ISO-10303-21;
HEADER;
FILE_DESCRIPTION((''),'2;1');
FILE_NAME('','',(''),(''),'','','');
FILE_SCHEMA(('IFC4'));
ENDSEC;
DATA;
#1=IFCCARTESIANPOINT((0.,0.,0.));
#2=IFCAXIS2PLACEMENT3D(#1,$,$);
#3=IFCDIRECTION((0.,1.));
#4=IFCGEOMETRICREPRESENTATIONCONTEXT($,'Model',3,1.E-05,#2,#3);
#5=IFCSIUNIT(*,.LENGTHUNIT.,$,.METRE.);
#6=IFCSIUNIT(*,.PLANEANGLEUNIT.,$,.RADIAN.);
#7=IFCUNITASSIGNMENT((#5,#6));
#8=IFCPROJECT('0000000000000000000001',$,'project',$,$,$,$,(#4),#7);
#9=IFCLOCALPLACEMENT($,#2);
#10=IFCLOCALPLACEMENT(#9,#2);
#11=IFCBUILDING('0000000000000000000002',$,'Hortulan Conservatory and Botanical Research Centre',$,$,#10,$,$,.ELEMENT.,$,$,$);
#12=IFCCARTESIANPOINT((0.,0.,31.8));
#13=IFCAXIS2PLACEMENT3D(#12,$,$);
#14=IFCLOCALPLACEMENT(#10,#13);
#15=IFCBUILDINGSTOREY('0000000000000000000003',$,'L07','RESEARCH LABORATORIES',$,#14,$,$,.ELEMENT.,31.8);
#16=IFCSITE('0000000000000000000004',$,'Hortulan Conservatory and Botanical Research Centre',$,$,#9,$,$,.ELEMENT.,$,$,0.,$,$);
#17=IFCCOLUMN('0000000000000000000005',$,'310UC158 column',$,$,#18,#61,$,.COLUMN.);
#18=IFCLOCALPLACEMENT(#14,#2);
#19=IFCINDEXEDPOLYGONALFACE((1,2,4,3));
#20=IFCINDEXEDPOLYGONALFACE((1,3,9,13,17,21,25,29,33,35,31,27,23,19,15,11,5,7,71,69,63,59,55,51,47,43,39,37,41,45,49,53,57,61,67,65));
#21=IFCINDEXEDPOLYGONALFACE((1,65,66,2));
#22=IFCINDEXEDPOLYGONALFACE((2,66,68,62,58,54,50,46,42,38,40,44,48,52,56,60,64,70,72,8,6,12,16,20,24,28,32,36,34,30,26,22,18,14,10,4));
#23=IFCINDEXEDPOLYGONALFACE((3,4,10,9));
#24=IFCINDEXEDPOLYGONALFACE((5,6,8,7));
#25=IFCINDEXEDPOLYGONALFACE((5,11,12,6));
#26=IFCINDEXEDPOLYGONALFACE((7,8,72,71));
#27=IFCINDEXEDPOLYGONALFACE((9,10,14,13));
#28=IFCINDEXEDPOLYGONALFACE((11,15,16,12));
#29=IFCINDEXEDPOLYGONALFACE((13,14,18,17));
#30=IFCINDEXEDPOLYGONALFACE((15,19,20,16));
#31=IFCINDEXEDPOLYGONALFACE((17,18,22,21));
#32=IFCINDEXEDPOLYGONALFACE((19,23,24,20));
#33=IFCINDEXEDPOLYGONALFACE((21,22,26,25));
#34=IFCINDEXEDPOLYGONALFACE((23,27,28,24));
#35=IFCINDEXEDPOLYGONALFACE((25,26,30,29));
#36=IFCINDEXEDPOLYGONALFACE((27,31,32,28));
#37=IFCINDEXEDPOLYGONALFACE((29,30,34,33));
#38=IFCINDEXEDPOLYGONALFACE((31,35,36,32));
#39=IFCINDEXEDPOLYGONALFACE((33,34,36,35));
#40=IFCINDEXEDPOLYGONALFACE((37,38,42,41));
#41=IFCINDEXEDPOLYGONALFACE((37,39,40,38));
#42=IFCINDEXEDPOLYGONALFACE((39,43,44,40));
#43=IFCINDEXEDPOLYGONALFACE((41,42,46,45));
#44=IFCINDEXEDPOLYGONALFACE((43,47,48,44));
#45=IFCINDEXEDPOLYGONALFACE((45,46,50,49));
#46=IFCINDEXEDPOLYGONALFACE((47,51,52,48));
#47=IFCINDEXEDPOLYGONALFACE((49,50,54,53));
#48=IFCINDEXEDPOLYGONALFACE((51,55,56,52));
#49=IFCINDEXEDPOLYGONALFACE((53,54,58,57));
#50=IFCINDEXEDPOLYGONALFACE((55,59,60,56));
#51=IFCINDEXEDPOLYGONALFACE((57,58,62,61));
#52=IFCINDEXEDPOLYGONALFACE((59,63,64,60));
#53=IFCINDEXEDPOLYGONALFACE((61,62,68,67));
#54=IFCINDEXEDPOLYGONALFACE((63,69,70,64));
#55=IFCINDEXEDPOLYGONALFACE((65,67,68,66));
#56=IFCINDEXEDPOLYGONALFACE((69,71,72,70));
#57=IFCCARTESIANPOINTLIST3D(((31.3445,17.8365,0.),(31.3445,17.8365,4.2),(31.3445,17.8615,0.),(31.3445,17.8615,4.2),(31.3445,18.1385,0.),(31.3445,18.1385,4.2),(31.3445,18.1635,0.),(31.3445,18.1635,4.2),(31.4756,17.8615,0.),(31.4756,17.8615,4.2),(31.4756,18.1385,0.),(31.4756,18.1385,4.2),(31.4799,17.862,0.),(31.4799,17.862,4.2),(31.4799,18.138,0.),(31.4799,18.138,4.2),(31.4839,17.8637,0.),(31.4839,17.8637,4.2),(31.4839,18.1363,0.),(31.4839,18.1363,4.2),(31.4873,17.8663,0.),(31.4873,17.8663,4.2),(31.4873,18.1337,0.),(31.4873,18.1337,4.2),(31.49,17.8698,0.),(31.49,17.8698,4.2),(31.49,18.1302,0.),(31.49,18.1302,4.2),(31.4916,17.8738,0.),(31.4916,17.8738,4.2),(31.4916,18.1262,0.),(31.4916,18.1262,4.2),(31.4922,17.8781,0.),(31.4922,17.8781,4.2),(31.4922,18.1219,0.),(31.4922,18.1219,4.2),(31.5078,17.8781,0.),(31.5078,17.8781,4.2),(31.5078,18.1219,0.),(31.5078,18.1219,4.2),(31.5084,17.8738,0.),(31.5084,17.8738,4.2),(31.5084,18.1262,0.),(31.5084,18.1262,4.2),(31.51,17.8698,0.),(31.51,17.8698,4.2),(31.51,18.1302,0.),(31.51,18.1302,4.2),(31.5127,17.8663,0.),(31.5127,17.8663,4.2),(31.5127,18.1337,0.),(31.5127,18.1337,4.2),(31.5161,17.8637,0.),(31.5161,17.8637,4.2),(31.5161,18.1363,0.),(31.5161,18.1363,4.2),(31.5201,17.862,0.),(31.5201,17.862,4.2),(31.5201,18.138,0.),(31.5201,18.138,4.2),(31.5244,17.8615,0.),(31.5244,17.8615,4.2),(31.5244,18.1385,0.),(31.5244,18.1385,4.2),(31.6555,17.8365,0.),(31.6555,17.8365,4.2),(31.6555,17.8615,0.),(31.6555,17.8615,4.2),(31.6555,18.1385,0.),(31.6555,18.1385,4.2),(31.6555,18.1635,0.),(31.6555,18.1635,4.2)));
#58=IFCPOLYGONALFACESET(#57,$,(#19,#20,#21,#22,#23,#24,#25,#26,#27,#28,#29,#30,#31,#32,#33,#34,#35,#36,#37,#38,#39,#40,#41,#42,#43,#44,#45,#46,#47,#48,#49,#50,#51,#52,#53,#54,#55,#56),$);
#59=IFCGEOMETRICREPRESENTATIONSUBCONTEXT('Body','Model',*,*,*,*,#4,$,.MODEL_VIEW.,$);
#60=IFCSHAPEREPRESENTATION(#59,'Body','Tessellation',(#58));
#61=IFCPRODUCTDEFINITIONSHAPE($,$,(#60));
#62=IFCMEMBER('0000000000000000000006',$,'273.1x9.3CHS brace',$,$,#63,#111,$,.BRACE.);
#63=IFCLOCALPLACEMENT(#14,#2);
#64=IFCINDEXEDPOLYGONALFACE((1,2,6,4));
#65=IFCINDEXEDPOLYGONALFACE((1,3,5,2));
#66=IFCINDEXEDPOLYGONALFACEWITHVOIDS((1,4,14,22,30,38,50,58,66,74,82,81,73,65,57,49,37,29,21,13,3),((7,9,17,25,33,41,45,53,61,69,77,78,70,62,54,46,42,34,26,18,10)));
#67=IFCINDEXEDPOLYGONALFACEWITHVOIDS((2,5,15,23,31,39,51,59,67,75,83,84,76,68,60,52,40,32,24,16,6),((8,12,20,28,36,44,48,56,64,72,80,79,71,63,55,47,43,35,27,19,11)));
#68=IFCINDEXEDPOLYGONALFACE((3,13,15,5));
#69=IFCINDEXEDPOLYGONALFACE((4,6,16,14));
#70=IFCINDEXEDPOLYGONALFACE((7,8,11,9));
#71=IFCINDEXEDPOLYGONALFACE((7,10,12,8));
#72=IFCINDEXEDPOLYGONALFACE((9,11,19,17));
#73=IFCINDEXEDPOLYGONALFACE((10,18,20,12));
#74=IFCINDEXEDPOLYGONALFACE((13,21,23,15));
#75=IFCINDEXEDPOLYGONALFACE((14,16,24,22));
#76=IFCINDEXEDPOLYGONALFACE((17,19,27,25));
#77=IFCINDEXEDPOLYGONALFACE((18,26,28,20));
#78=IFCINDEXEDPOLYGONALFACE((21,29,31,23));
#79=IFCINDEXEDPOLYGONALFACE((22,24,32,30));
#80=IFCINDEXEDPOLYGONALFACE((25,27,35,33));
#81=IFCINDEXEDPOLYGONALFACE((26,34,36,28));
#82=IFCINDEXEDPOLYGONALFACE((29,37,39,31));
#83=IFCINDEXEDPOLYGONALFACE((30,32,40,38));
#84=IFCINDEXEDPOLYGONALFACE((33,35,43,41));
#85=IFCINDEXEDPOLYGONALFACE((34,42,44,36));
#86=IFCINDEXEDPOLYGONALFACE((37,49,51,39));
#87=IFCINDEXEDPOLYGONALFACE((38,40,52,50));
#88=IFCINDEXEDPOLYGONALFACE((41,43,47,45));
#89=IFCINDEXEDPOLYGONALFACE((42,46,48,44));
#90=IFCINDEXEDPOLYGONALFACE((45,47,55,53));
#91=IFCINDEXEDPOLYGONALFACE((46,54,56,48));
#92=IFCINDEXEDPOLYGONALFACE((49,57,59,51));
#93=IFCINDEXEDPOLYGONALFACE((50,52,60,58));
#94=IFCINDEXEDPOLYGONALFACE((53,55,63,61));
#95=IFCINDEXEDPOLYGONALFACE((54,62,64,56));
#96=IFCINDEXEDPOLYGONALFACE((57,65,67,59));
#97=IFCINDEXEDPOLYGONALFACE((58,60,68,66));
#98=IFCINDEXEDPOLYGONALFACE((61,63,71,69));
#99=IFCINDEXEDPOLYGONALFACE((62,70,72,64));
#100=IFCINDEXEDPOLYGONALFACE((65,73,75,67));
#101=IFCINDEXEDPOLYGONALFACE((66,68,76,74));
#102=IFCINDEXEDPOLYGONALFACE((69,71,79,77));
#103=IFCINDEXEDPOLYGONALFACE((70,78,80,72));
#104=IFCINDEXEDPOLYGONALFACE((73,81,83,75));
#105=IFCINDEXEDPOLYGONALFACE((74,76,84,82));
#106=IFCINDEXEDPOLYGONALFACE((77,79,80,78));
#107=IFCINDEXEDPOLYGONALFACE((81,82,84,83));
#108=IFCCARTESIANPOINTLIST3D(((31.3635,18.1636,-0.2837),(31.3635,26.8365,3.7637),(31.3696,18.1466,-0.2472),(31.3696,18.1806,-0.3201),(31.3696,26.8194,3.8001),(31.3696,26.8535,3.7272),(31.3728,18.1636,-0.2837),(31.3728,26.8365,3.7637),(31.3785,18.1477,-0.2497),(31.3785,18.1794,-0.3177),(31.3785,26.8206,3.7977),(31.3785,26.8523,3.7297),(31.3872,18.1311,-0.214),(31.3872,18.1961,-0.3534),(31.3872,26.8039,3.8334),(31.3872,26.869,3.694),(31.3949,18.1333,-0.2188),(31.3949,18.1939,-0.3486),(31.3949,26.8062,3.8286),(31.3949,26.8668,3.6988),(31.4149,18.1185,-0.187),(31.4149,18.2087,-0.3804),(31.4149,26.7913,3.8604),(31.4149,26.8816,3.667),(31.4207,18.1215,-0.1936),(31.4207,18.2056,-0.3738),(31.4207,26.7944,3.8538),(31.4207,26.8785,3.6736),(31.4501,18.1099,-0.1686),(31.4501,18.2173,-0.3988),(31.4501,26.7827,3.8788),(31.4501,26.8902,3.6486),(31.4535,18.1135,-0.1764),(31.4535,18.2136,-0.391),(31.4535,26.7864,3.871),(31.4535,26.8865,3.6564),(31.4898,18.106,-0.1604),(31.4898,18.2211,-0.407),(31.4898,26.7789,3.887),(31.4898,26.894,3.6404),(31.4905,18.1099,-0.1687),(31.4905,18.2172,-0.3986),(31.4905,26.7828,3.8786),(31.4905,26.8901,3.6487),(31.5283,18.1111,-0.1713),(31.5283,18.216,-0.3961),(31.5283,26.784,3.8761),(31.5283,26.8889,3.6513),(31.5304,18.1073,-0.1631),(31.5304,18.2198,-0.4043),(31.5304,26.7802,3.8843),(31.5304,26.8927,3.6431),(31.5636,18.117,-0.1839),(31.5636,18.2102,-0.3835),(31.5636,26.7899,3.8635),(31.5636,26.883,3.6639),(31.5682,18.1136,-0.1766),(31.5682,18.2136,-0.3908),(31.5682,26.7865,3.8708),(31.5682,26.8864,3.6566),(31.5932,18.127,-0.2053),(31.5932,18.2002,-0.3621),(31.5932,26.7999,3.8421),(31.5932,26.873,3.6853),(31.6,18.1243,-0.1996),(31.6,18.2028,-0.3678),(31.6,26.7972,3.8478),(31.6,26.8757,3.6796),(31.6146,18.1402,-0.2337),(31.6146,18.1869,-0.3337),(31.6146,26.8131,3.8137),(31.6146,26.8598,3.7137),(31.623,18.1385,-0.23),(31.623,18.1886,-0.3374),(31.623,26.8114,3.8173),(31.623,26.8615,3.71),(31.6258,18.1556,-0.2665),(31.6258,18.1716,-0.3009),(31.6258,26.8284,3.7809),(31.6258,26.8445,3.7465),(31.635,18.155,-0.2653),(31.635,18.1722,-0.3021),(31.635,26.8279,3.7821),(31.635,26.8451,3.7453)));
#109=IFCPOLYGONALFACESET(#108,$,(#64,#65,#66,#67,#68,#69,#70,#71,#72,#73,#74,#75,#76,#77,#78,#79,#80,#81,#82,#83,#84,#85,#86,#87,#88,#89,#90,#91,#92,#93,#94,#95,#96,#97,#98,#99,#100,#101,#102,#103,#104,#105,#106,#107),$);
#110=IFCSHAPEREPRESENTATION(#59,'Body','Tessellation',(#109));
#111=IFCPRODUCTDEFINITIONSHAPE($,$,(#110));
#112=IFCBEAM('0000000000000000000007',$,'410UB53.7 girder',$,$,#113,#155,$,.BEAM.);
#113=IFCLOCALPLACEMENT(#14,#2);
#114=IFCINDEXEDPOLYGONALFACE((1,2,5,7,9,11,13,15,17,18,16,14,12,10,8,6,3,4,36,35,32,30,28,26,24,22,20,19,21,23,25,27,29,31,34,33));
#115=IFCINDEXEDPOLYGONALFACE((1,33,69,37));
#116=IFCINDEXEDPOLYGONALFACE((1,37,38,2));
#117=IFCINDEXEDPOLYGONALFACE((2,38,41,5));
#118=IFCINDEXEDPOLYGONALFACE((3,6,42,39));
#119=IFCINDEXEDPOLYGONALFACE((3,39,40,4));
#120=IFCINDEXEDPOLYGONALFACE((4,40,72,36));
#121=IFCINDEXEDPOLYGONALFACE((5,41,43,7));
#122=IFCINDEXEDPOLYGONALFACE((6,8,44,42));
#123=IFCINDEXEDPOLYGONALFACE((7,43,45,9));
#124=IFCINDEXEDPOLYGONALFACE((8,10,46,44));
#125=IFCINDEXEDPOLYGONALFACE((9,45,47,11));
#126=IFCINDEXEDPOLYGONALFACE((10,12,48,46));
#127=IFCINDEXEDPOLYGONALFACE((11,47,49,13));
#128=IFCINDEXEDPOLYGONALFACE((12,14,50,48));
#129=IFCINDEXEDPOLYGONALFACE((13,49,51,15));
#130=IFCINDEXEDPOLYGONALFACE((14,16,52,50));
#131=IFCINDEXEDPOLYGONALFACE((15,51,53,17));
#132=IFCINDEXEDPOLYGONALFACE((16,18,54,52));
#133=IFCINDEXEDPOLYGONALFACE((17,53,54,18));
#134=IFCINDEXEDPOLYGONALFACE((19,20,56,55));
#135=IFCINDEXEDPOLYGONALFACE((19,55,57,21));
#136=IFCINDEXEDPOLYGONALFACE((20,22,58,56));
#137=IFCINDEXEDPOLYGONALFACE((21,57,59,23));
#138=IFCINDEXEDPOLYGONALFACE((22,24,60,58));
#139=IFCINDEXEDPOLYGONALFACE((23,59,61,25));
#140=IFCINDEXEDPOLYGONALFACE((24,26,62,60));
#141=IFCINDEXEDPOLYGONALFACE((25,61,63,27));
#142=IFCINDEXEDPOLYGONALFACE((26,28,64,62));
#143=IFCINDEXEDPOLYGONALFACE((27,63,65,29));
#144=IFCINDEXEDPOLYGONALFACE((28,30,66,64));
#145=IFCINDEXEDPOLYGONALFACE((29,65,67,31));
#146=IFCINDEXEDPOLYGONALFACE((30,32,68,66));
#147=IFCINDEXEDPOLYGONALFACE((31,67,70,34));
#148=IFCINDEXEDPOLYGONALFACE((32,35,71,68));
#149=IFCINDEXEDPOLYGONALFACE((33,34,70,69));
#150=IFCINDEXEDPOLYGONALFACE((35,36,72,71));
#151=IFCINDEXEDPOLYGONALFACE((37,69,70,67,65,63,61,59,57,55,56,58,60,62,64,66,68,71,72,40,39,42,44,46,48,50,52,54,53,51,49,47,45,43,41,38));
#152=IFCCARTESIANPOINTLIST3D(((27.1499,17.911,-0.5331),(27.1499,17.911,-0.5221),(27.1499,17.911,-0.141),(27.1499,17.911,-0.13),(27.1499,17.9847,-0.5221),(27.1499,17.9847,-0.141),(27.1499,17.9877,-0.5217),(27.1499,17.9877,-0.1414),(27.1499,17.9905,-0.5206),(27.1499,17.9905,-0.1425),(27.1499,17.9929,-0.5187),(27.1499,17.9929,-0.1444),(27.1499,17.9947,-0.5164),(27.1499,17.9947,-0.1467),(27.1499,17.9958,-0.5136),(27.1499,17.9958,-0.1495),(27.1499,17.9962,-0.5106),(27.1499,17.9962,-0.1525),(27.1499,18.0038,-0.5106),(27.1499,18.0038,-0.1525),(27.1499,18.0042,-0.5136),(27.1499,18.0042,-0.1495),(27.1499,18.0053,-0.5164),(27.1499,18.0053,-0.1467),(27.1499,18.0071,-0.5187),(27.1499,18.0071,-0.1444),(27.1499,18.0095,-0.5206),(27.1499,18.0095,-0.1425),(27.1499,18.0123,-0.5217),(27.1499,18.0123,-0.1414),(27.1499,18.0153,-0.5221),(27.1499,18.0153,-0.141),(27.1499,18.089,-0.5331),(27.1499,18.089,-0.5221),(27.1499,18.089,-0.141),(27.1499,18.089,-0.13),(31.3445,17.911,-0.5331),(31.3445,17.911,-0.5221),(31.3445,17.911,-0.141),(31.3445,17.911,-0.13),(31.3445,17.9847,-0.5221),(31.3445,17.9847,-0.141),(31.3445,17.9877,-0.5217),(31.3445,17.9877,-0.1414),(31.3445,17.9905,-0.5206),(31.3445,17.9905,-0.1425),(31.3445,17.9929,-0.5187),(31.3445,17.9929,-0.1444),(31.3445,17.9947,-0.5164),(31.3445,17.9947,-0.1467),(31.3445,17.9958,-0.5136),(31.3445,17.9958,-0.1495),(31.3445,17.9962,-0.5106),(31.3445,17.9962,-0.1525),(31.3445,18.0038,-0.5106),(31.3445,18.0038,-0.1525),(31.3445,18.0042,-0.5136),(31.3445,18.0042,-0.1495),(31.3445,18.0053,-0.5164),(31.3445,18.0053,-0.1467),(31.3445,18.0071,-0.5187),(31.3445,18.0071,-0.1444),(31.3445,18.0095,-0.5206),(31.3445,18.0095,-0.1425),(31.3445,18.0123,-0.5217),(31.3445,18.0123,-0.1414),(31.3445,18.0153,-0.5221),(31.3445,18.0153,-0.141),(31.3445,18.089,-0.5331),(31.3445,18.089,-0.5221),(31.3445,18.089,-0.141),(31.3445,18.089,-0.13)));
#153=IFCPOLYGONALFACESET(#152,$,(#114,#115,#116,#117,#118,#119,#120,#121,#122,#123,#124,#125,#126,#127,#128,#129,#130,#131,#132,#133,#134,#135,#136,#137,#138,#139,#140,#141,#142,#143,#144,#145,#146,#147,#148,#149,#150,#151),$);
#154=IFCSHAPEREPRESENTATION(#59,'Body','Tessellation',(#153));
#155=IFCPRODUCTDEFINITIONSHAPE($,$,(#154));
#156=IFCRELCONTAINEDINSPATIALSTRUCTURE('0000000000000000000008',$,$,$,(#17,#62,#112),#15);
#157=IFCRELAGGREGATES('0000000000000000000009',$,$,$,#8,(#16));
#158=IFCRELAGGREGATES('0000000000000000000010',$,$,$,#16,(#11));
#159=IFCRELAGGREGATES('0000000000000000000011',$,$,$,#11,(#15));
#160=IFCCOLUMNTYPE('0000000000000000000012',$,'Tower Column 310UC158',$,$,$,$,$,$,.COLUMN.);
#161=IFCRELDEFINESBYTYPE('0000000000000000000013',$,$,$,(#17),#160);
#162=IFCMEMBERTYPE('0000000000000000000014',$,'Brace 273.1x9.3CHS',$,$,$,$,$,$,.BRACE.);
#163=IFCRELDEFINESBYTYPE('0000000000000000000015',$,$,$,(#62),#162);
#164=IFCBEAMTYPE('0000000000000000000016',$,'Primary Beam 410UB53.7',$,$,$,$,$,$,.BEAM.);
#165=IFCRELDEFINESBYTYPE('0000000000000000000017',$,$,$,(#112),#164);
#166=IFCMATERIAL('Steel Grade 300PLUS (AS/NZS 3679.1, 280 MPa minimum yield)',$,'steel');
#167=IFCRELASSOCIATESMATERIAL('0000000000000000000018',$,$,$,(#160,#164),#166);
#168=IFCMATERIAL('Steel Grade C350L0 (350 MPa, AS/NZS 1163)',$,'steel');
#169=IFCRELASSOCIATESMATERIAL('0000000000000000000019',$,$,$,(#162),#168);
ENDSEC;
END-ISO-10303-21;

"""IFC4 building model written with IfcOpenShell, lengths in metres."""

from ifc_helpers import new_model, si_unit, direction, frame, origin, origin_2d, place, context, subcontext, project, spatial, hollow_circle, i_section, extrude, material, material_profile, profile_set, type_object, element, save


model = new_model("IFC4")

# Units and contexts
model_context = context("Model", 3, precision=1e-05, world=origin(), true_north=direction((0.0, 1.0)))
body_context = subcontext(model_context, "Body", "Model", "MODEL_VIEW")
ifc_project = project(units=[si_unit("LENGTHUNIT", "METRE"), si_unit("PLANEANGLEUNIT", "RADIAN")], contexts=[model_context])

# Site, building, storey
site_placement = place(None, origin())
site = spatial("IfcSite", under=ifc_project, at=site_placement, Name="Hortulan Conservatory and Botanical Research Centre", CompositionType="ELEMENT", RefElevation=0.0)
building_placement = place(site_placement, origin())
building = spatial("IfcBuilding", under=site, at=building_placement, Name="Hortulan Conservatory and Botanical Research Centre", CompositionType="ELEMENT")
storey_placement = place(building_placement, frame((0.0, 0.0, 31.8)))
storey = spatial("IfcBuildingStorey", under=building, at=storey_placement, Name="L07", Description="RESEARCH LABORATORIES", CompositionType="ELEMENT", Elevation=31.8)

# Column
ifc_material_1 = material(Name="Steel Grade 300PLUS (AS/NZS 3679.1, 280 MPa minimum yield)", Category="steel")
ifc_material_profile_1 = material_profile(ifc_material_1, i_section(OverallWidth=0.311, OverallDepth=0.3269, WebThickness=0.0156, FlangeThickness=0.0249, FilletRadius=0.0166, at=origin_2d()), Name="310UC158")
ifc_profile_set_1 = profile_set([ifc_material_profile_1], Name="Steel Grade 300PLUS (AS/NZS 3679.1, 280 MPa minimum yield)")
column_type = type_object("IfcColumnType", Name="Tower Column 310UC158", PredefinedType="COLUMN", material=ifc_profile_set_1)
column_placement = place(storey_placement, frame((31.5, 18.0, 0.0), z_axis=(0.0, 0.0, 1.0), x_axis=(1.0, 0.0, 0.0)))
element("IfcColumn", 1, at=column_placement, inside=storey, type_object=column_type, Name="310UC158 column", PredefinedType="COLUMN", context=body_context, shape_type="SweptSolid", body=[
    extrude(i_section(OverallWidth=0.311, OverallDepth=0.3269, WebThickness=0.0156, FlangeThickness=0.0249, FilletRadius=0.0166, at=origin_2d()), origin(), (0.0, 0.0, 1.0), 4.2),
])

# Member
ifc_material_2 = material(Name="Steel Grade C350L0 (350 MPa, AS/NZS 1163)", Category="steel")
ifc_material_profile_2 = material_profile(ifc_material_2, hollow_circle(Radius=0.1365, WallThickness=0.0093, at=origin_2d()), Name="273.1x9.3CHS")
ifc_profile_set_2 = profile_set([ifc_material_profile_2], Name="Steel Grade C350L0 (350 MPa, AS/NZS 1163)")
member_type = type_object("IfcMemberType", Name="Brace 273.1x9.3CHS", PredefinedType="BRACE", material=ifc_profile_set_2)
member_placement = place(storey_placement, frame((31.5, 18.1636, -0.2837), z_axis=(0.0, 0.906182, 0.422888), x_axis=(-1.0, 0.0, 0.0)))
element("IfcMember", 2, at=member_placement, inside=storey, type_object=member_type, Name="273.1x9.3CHS brace", PredefinedType="BRACE", context=body_context, shape_type="SweptSolid", body=[
    extrude(hollow_circle(Radius=0.1365, WallThickness=0.0093, at=origin_2d()), origin(), (0.0, 0.0, 1.0), 9.5708),
])

# Beam
ifc_material_profile_3 = material_profile(ifc_material_1, i_section(OverallWidth=0.178, OverallDepth=0.4031, WebThickness=0.0076, FlangeThickness=0.011, FilletRadius=0.0115, at=origin_2d()), Name="410UB53.7")
ifc_profile_set_3 = profile_set([ifc_material_profile_3], Name="Steel Grade 300PLUS (AS/NZS 3679.1, 280 MPa minimum yield)")
beam_type_1 = type_object("IfcBeamType", Name="Primary Beam 410UB53.7", PredefinedType="BEAM", material=ifc_profile_set_3)
beam_1_placement = place(storey_placement, frame((27.1499, 18.0, -0.3315), z_axis=(1.0, 0.0, 0.0), x_axis=(0.0, 1.0, 0.0)))
element("IfcBeam", 3, at=beam_1_placement, inside=storey, type_object=beam_type_1, Name="410UB53.7 girder", PredefinedType="BEAM", context=body_context, shape_type="SweptSolid", body=[
    extrude(i_section(OverallWidth=0.178, OverallDepth=0.4031, WebThickness=0.0076, FlangeThickness=0.011, FilletRadius=0.0115, at=origin_2d()), origin(), (0.0, 0.0, 1.0), 4.1946),
])

save(model, "model.ifc")
